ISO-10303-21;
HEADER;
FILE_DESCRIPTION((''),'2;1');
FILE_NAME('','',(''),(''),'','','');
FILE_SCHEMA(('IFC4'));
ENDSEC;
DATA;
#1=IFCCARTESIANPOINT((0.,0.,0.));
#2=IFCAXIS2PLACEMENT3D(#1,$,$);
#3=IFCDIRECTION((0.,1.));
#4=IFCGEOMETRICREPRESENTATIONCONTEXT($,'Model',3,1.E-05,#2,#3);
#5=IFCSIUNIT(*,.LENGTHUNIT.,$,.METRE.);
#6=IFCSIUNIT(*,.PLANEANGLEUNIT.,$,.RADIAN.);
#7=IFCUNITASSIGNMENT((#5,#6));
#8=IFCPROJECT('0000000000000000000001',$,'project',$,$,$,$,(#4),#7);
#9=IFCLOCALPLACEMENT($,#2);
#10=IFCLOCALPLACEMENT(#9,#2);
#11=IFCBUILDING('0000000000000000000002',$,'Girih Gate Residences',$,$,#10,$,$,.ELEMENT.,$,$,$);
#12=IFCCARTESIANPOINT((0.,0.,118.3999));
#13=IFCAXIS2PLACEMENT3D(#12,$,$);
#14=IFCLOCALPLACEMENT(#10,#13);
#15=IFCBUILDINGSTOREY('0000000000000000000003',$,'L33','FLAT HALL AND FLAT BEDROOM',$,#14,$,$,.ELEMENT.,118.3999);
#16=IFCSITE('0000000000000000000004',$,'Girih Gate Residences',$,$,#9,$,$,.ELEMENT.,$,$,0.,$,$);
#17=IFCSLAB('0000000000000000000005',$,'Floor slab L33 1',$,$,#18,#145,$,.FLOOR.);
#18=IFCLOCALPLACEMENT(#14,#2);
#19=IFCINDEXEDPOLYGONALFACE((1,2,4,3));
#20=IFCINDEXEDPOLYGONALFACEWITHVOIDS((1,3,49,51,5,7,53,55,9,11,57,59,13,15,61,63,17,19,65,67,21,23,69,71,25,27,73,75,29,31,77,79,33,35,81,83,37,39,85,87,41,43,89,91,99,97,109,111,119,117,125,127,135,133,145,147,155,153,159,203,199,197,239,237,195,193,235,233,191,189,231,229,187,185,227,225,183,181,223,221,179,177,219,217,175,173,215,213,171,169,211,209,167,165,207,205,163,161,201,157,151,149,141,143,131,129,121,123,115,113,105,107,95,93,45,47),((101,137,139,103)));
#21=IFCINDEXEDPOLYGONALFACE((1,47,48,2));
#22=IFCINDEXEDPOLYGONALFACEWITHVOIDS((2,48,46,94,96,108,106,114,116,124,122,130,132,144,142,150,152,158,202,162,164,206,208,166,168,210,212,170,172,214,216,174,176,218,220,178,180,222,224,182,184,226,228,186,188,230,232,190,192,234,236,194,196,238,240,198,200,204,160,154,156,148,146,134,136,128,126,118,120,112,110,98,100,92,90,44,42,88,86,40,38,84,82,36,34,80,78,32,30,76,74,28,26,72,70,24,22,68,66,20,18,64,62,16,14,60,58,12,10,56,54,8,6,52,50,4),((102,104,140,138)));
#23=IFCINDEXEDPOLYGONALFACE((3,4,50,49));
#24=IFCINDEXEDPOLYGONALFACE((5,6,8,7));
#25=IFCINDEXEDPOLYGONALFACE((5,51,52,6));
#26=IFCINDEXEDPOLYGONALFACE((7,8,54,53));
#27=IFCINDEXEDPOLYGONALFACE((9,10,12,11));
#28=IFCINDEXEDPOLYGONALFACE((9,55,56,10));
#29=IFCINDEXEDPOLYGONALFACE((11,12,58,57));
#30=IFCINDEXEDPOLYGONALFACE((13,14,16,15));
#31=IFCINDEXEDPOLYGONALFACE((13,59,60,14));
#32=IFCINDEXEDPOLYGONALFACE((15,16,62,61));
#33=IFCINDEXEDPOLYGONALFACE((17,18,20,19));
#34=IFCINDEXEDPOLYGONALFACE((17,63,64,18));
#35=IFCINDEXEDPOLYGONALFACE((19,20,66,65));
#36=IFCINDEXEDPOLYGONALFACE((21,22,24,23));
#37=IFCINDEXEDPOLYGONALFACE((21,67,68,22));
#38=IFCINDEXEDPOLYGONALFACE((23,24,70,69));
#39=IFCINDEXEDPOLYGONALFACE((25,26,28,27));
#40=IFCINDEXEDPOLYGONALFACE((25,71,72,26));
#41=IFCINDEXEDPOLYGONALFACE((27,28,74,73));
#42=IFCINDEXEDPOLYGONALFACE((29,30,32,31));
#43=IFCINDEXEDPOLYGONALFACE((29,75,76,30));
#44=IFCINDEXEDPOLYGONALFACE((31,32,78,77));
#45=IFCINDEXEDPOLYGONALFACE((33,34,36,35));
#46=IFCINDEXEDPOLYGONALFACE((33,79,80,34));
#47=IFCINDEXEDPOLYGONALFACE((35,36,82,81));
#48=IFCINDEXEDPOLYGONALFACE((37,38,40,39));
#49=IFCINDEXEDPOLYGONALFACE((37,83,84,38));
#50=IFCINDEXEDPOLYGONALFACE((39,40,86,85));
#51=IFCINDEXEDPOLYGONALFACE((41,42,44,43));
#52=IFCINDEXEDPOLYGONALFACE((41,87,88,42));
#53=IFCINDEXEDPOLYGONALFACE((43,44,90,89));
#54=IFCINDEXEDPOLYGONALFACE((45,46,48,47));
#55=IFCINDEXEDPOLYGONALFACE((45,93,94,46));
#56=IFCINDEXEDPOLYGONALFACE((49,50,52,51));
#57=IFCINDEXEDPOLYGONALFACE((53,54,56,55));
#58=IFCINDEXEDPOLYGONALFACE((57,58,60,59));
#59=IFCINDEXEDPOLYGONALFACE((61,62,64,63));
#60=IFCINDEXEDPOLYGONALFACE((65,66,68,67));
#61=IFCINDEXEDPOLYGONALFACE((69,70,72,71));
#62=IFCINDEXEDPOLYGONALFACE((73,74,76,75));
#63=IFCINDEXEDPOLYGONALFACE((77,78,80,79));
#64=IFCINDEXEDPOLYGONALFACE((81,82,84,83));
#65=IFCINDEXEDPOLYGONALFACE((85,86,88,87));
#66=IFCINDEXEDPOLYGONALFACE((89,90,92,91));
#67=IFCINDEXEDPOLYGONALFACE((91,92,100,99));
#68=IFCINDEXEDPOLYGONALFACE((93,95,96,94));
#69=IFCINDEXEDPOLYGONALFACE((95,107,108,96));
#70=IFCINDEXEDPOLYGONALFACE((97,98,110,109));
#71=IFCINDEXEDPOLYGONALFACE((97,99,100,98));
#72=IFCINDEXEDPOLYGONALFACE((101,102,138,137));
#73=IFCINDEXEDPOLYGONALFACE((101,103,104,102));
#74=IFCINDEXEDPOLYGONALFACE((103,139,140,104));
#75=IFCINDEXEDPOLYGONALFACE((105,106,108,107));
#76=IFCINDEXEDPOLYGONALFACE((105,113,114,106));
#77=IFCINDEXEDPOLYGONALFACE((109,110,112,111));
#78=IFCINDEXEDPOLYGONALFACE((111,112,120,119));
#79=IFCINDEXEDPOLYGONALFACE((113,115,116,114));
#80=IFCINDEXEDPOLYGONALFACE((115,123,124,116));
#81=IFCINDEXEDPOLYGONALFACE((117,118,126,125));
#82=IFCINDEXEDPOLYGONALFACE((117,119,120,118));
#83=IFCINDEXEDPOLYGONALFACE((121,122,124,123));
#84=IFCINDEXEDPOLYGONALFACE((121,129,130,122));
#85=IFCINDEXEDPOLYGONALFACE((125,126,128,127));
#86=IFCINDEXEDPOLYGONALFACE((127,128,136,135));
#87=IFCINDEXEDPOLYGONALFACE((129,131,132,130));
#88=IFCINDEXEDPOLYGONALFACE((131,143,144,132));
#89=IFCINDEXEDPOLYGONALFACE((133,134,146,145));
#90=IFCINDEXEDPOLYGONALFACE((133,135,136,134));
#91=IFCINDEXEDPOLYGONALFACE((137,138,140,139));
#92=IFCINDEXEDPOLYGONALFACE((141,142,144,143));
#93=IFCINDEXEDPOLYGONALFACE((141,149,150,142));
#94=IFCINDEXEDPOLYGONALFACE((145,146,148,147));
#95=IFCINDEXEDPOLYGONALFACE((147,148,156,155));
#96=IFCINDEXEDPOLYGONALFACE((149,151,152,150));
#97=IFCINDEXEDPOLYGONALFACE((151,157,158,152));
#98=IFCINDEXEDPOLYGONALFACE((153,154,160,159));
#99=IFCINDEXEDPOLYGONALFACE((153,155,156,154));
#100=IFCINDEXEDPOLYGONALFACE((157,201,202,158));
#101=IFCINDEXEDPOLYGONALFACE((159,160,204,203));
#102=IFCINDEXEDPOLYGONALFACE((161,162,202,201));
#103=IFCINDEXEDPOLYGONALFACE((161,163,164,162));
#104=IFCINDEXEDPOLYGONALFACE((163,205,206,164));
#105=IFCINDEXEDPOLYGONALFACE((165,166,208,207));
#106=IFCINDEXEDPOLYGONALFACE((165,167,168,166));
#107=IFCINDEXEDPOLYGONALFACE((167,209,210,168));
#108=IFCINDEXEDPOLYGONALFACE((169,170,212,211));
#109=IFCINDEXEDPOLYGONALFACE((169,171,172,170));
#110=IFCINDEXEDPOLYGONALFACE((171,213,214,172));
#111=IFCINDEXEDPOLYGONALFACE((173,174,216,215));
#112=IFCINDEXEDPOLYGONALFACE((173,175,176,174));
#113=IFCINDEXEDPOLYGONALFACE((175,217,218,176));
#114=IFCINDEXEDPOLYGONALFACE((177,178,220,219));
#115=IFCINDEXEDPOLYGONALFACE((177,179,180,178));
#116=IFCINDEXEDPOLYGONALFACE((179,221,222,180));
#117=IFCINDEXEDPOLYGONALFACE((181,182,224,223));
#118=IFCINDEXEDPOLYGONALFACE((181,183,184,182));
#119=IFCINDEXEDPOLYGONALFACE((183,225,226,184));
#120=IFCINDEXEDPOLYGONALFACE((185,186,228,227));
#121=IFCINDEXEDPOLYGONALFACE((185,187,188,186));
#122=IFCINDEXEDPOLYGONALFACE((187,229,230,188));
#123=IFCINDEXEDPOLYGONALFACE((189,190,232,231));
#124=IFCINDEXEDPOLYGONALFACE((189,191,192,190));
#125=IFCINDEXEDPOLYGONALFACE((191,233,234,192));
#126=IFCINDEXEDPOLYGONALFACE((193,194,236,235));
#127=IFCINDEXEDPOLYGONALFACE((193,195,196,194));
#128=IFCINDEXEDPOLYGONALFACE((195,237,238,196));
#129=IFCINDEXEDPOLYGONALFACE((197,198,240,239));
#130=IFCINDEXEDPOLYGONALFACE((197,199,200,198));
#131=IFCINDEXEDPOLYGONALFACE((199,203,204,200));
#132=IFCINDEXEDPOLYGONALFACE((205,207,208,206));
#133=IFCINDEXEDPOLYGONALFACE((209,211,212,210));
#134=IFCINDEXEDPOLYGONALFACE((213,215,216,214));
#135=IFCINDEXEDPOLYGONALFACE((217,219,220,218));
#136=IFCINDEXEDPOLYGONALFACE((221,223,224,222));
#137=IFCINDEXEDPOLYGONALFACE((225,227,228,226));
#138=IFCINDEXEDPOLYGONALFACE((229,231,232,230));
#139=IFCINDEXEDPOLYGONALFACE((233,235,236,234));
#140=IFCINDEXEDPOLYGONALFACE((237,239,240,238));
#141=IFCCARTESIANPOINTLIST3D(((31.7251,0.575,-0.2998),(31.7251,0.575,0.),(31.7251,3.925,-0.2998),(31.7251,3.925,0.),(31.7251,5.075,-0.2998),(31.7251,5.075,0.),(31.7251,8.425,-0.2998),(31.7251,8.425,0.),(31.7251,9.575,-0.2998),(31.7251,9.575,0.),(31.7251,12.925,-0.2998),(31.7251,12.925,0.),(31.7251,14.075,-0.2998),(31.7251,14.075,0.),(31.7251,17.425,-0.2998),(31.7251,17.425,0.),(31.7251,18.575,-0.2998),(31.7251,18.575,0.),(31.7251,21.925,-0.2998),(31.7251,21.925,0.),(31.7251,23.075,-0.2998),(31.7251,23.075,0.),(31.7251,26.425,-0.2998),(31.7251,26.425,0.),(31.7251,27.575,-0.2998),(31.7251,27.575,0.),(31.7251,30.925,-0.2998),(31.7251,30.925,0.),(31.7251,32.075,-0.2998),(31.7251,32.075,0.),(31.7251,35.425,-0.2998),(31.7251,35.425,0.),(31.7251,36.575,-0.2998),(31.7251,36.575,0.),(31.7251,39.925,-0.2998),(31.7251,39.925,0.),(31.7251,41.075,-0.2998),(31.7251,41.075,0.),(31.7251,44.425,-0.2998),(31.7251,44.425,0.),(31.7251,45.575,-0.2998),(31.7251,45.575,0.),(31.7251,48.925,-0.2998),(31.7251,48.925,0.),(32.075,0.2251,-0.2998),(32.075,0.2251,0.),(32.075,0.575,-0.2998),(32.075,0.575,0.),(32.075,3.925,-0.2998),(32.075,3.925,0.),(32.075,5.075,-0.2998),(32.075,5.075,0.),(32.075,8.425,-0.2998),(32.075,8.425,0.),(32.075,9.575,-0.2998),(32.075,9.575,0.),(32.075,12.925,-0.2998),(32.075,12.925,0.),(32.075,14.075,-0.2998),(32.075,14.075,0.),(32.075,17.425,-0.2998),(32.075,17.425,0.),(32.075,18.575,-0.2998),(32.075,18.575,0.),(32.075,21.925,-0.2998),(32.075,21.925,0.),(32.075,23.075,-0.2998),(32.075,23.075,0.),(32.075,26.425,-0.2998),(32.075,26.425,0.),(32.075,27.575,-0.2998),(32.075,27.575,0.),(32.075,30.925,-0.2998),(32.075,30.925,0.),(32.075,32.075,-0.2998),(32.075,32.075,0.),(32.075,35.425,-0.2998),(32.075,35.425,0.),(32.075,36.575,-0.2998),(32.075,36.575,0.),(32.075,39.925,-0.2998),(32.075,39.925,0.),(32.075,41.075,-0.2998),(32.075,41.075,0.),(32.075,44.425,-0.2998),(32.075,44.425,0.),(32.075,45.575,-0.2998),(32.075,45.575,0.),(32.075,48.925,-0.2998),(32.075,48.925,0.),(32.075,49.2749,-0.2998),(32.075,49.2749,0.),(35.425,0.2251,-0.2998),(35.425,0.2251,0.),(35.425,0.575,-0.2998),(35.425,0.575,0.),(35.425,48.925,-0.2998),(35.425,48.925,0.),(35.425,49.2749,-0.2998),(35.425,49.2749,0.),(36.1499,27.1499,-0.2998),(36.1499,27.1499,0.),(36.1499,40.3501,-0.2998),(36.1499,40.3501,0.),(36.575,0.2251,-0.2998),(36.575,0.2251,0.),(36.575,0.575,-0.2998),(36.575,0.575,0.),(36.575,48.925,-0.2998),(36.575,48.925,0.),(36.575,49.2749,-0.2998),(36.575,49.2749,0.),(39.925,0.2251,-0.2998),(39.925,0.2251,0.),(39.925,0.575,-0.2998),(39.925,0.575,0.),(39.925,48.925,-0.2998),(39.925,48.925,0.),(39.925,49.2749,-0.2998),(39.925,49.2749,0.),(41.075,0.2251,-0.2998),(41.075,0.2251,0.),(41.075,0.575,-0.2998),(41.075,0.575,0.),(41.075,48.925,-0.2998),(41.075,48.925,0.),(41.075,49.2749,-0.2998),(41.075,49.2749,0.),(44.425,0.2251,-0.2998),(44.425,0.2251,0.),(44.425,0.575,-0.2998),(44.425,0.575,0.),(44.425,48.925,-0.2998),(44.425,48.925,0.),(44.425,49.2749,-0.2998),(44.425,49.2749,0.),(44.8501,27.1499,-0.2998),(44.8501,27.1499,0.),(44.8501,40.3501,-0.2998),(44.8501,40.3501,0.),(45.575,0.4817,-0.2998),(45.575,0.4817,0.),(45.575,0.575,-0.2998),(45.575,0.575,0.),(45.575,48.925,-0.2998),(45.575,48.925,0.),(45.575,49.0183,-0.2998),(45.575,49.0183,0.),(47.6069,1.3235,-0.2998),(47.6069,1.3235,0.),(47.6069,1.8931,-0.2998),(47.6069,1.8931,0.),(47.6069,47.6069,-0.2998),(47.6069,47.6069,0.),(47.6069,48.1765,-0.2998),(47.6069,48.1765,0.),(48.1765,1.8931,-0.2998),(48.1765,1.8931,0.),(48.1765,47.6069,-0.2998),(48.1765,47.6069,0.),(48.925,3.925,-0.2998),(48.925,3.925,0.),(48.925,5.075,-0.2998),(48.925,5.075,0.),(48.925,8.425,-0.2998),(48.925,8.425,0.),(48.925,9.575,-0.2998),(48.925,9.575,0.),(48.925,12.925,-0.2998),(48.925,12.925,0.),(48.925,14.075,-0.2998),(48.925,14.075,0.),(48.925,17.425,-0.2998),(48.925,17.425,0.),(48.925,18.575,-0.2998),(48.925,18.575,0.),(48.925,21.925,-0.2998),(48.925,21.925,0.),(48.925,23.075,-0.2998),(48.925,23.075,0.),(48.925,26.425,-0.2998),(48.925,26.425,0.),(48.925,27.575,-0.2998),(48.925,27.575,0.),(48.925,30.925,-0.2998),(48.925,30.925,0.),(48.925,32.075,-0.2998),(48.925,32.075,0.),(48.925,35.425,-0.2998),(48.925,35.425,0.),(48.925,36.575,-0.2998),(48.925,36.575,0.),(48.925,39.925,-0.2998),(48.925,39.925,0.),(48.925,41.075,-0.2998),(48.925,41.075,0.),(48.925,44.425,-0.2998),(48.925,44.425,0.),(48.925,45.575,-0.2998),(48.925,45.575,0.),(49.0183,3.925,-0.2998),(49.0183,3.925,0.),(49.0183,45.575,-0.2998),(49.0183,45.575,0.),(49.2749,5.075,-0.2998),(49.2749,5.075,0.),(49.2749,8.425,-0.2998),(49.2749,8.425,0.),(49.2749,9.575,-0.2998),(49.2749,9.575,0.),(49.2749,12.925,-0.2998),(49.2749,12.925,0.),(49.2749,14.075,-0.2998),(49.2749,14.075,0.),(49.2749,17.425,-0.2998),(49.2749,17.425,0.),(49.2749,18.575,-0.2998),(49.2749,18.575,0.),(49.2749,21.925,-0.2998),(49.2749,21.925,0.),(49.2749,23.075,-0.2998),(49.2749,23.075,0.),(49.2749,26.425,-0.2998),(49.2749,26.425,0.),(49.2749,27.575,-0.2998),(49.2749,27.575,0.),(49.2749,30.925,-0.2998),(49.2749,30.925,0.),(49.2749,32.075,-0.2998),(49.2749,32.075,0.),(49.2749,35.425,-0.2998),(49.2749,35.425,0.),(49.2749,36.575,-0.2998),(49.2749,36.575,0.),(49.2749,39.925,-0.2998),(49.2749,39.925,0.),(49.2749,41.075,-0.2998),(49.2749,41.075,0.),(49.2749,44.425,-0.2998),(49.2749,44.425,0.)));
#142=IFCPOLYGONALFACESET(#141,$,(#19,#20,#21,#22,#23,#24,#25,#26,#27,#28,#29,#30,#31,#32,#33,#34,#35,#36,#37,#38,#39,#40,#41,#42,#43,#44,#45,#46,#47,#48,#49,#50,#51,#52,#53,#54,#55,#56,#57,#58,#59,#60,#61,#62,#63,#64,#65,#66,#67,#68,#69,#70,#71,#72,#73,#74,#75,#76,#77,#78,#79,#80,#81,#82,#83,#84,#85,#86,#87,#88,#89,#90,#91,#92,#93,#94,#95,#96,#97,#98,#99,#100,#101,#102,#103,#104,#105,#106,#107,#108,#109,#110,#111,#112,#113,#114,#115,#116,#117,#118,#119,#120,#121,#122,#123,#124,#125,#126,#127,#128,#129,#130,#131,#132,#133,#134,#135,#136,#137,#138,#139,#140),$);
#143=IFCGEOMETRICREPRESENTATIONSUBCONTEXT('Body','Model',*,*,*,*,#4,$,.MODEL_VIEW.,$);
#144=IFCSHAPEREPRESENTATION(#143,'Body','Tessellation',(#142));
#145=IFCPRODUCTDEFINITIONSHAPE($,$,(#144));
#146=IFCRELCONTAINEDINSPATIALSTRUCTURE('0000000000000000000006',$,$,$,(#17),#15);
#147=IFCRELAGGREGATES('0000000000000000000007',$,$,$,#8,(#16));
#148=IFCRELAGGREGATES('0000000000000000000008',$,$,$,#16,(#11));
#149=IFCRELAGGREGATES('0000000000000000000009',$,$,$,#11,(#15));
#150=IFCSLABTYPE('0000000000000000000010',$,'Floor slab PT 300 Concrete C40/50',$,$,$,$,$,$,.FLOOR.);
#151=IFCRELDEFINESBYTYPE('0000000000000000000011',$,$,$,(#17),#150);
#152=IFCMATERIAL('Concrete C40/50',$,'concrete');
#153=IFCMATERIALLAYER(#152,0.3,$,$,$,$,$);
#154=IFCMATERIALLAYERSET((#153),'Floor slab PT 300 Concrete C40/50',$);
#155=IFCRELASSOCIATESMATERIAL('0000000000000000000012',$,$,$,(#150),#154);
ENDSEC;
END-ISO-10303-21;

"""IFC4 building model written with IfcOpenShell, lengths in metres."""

from ifc_helpers import new_model, si_unit, direction, frame, origin, place, context, subcontext, project, spatial, polyline, outline, extrude, material, layer, layer_set, type_object, element, save


model = new_model("IFC4")

# Units and contexts
model_context = context("Model", 3, precision=1e-05, world=origin(), true_north=direction((0.0, 1.0)))
body_context = subcontext(model_context, "Body", "Model", "MODEL_VIEW")
ifc_project = project(units=[si_unit("LENGTHUNIT", "METRE"), si_unit("PLANEANGLEUNIT", "RADIAN")], contexts=[model_context])

# Site, building, storey
site_placement = place(None, origin())
site = spatial("IfcSite", under=ifc_project, at=site_placement, Name="Girih Gate Residences", CompositionType="ELEMENT", RefElevation=0.0)
building_placement = place(site_placement, origin())
building = spatial("IfcBuilding", under=site, at=building_placement, Name="Girih Gate Residences", CompositionType="ELEMENT")
storey_placement = place(building_placement, frame((0.0, 0.0, 118.3999)))
storey = spatial("IfcBuildingStorey", under=building, at=storey_placement, Name="L33", Description="FLAT HALL AND FLAT BEDROOM", CompositionType="ELEMENT", Elevation=118.3999)

# Slab
ifc_material_1 = material(Name="Concrete C40/50", Category="concrete")
ifc_layer_1 = layer(ifc_material_1, 0.3)
ifc_layer_set_1 = layer_set([ifc_layer_1], Name="Floor slab PT 300 Concrete C40/50")
slab_type_1 = type_object("IfcSlabType", Name="Floor slab PT 300 Concrete C40/50", PredefinedType="FLOOR", material=ifc_layer_set_1)
slab_1_placement = place(storey_placement, frame((0.0, 0.0, -0.2998)))
element("IfcSlab", 1, at=slab_1_placement, inside=storey, type_object=slab_type_1, Name="Floor slab L33 1", PredefinedType="FLOOR", context=body_context, shape_type="SweptSolid", body=[
    extrude(outline(polyline([(35.425, 49.2749), (32.075, 49.2749), (32.075, 48.925), (31.7251, 48.925), (31.7251, 45.575), (32.075, 45.575), (32.075, 44.425), (31.7251, 44.425), (31.7251, 41.075), (32.075, 41.075), (32.075, 39.925), (31.7251, 39.925), (31.7251, 36.575), (32.075, 36.575), (32.075, 35.425), (31.7251, 35.425), (31.7251, 32.075), (32.075, 32.075), (32.075, 30.925), (31.7251, 30.925), (31.7251, 27.575), (32.075, 27.575), (32.075, 26.425), (31.7251, 26.425), (31.7251, 23.075), (32.075, 23.075), (32.075, 21.925), (31.7251, 21.925), (31.7251, 18.575), (32.075, 18.575), (32.075, 17.425), (31.7251, 17.425), (31.7251, 14.075), (32.075, 14.075), (32.075, 12.925), (31.7251, 12.925), (31.7251, 9.575), (32.075, 9.575), (32.075, 8.425), (31.7251, 8.425), (31.7251, 5.075), (32.075, 5.075), (32.075, 3.925), (31.7251, 3.925), (31.7251, 0.575), (32.075, 0.575), (32.075, 0.2251), (35.425, 0.2251), (35.425, 0.575), (36.575, 0.575), (36.575, 0.2251), (39.925, 0.2251), (39.925, 0.575), (41.075, 0.575), (41.075, 0.2251), (44.425, 0.2251), (44.425, 0.575), (45.575, 0.575), (45.575, 0.4817), (47.6069, 1.3235), (47.6069, 1.8931), (48.1765, 1.8931), (49.0183, 3.925), (48.925, 3.925), (48.925, 5.075), (49.2749, 5.075), (49.2749, 8.425), (48.925, 8.425), (48.925, 9.575), (49.2749, 9.575), (49.2749, 12.925), (48.925, 12.925), (48.925, 14.075), (49.2749, 14.075), (49.2749, 17.425), (48.925, 17.425), (48.925, 18.575), (49.2749, 18.575), (49.2749, 21.925), (48.925, 21.925), (48.925, 23.075), (49.2749, 23.075), (49.2749, 26.425), (48.925, 26.425), (48.925, 27.575), (49.2749, 27.575), (49.2749, 30.925), (48.925, 30.925), (48.925, 32.075), (49.2749, 32.075), (49.2749, 35.425), (48.925, 35.425), (48.925, 36.575), (49.2749, 36.575), (49.2749, 39.925), (48.925, 39.925), (48.925, 41.075), (49.2749, 41.075), (49.2749, 44.425), (48.925, 44.425), (48.925, 45.575), (49.0183, 45.575), (48.1765, 47.6069), (47.6069, 47.6069), (47.6069, 48.1765), (45.575, 49.0183), (45.575, 48.925), (44.425, 48.925), (44.425, 49.2749), (41.075, 49.2749), (41.075, 48.925), (39.925, 48.925), (39.925, 49.2749), (36.575, 49.2749), (36.575, 48.925), (35.425, 48.925), (35.425, 49.2749)]), holes=[polyline([(44.8501, 40.3501), (44.8501, 27.1499), (36.1499, 27.1499), (36.1499, 40.3501), (44.8501, 40.3501)])]), origin(), (0.0, 0.0, 1.0), 0.2998),
])

save(model, "model.ifc")
